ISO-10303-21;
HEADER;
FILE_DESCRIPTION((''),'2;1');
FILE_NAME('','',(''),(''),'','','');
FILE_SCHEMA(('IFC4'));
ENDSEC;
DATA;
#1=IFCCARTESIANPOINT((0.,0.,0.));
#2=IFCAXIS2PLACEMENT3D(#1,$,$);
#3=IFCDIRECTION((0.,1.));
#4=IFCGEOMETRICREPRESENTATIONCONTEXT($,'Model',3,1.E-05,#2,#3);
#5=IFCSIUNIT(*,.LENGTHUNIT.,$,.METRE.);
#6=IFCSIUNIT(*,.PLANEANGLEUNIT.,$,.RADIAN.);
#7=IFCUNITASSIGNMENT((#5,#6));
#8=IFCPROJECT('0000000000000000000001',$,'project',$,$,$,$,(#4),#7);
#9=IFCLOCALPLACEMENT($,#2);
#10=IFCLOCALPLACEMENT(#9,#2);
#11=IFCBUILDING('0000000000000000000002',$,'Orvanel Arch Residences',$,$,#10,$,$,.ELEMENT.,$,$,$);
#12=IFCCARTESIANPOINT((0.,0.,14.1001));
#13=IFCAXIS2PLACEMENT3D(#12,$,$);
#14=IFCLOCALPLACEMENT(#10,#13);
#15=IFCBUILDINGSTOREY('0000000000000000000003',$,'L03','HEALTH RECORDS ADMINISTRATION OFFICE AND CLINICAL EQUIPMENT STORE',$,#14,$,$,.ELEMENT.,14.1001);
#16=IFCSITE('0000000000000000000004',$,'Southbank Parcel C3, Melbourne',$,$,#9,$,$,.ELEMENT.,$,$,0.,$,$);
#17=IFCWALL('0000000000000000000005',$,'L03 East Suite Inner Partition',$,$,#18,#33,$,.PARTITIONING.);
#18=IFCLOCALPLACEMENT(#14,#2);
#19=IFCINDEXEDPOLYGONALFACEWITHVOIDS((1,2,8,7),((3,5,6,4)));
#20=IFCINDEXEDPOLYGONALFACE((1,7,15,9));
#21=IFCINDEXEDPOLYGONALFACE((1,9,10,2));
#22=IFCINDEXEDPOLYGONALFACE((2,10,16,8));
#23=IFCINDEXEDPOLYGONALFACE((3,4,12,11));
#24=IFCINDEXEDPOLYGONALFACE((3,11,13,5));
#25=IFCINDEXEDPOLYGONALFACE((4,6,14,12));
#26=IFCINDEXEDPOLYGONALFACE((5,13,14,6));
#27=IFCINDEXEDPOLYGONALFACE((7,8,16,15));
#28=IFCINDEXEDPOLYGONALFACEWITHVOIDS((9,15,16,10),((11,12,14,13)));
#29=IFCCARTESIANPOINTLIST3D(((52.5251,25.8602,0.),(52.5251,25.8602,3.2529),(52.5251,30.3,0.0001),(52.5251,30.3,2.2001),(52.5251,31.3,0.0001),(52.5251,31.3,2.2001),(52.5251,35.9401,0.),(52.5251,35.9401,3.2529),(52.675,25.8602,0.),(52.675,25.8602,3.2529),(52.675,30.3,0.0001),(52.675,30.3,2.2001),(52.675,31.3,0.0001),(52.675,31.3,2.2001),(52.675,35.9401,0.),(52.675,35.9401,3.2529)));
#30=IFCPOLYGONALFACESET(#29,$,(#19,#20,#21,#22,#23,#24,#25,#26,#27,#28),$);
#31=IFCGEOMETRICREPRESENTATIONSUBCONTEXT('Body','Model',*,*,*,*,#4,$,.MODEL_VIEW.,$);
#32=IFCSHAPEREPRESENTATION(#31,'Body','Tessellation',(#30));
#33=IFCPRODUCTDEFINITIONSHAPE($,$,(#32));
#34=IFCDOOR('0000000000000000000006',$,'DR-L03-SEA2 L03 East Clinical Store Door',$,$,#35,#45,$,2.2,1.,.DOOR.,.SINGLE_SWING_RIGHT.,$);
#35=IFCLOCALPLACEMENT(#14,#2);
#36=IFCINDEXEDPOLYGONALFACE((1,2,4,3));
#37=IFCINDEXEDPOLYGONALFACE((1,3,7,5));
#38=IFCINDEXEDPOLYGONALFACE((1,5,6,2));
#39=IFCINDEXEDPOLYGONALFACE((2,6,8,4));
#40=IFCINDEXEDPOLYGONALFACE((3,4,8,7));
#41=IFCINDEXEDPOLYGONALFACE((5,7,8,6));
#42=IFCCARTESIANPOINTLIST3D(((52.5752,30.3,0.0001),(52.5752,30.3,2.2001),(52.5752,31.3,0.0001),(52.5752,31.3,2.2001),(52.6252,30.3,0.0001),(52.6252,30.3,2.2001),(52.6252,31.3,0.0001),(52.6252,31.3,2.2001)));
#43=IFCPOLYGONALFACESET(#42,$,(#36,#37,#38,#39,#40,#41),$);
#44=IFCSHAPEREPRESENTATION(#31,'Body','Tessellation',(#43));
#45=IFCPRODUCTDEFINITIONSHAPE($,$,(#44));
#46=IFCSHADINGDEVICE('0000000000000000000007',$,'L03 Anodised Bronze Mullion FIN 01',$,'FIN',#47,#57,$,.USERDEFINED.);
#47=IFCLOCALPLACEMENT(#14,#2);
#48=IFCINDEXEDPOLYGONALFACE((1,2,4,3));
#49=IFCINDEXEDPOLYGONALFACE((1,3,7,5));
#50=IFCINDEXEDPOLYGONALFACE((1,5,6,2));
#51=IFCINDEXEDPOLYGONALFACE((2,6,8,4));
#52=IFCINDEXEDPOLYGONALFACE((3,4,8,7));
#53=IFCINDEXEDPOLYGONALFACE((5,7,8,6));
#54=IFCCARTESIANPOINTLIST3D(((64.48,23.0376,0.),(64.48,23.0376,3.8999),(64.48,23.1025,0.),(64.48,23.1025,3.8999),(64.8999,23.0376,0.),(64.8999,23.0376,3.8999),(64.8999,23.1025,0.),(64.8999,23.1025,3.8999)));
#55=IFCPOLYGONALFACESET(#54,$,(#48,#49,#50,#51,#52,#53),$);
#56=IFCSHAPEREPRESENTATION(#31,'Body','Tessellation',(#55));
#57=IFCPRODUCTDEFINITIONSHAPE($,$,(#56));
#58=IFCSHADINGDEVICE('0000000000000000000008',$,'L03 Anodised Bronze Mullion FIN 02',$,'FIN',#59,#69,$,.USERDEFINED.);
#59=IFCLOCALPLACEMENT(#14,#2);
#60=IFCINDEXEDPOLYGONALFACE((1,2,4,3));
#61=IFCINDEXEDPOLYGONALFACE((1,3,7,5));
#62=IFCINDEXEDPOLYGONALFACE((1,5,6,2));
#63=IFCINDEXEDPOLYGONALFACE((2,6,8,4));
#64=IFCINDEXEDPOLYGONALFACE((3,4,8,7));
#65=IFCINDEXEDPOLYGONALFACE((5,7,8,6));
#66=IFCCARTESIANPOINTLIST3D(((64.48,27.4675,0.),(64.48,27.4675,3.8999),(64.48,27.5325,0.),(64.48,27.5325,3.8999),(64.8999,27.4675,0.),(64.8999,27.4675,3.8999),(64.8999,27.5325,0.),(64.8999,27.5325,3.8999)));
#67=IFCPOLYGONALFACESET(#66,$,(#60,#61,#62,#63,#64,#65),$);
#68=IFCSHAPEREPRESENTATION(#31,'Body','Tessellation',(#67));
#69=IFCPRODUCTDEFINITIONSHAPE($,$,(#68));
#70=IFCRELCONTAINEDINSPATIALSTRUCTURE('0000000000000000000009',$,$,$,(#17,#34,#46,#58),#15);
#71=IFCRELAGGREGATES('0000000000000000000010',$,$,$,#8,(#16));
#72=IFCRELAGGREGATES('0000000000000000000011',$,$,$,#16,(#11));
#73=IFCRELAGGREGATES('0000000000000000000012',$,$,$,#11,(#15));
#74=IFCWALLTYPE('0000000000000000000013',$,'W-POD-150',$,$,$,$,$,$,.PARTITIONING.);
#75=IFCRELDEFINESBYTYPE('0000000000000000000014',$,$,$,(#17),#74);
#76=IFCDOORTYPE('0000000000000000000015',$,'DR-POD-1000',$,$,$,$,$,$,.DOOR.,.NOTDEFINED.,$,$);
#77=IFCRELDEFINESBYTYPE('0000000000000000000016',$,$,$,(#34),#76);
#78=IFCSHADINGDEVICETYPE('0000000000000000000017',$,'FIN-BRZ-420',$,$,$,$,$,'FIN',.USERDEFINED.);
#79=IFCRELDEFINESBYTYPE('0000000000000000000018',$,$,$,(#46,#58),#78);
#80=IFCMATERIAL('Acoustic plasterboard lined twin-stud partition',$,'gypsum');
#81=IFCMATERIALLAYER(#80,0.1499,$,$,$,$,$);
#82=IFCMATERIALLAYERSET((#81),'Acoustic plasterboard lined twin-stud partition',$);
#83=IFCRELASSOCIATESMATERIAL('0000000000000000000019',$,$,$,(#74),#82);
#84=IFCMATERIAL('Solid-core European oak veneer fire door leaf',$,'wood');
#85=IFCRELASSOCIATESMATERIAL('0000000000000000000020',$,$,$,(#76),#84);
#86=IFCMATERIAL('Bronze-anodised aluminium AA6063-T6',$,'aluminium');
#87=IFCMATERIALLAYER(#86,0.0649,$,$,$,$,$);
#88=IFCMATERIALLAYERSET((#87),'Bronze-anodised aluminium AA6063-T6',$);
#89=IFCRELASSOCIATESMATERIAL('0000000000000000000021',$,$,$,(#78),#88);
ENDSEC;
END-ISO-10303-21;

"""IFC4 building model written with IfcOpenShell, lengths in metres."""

from ifc_helpers import new_model, si_unit, direction, frame, frame_2d, origin, origin_2d, place, context, subcontext, project, spatial, rectangle, extrude, material, layer, layer_set, type_object, element, fill, save


model = new_model("IFC4")

# Units and contexts
model_context = context("Model", 3, precision=1e-05, world=origin(), true_north=direction((0.0, 1.0)))
body_context = subcontext(model_context, "Body", "Model", "MODEL_VIEW")
ifc_project = project(units=[si_unit("LENGTHUNIT", "METRE"), si_unit("PLANEANGLEUNIT", "RADIAN")], contexts=[model_context])

# Site, building, storey
site_placement = place(None, origin())
site = spatial("IfcSite", under=ifc_project, at=site_placement, Name="Southbank Parcel C3, Melbourne", CompositionType="ELEMENT", RefElevation=0.0)
building_placement = place(site_placement, origin())
building = spatial("IfcBuilding", under=site, at=building_placement, Name="Orvanel Arch Residences", CompositionType="ELEMENT")
storey_placement = place(building_placement, frame((0.0, 0.0, 14.1001)))
storey = spatial("IfcBuildingStorey", under=building, at=storey_placement, Name="L03", Description="HEALTH RECORDS ADMINISTRATION OFFICE AND CLINICAL EQUIPMENT STORE", CompositionType="ELEMENT", Elevation=14.1001)

# Shared definitions
ifc_material_1 = material(Name="Bronze-anodised aluminium AA6063-T6", Category="aluminium")

# Wall, opening, door
ifc_material_2 = material(Name="Acoustic plasterboard lined twin-stud partition", Category="gypsum")
ifc_layer_1 = layer(ifc_material_2, 0.1499)
ifc_layer_set_1 = layer_set([ifc_layer_1], Name="Acoustic plasterboard lined twin-stud partition")
wall_type_1 = type_object("IfcWallType", Name="W-POD-150", PredefinedType="PARTITIONING", material=ifc_layer_set_1)
wall_1_placement = place(storey_placement, frame((52.6001, 25.8601, 0.0), z_axis=(0.0, 0.0, 1.0), x_axis=(0.0, 1.0, 0.0)))
wall_1 = element("IfcWall", 1, at=wall_1_placement, inside=storey, type_object=wall_type_1, Name="L03 East Suite Inner Partition", PredefinedType="PARTITIONING", context=body_context, shape_type="SweptSolid", body=[
    extrude(rectangle(XDim=10.0798, YDim=0.1499, at=frame_2d((5.04, 0.0))), origin(), (0.0, 0.0, 1.0), 3.2529),
])
opening_placement = place(wall_1_placement, frame((4.4399, 0.0, 0.0)))
opening = element("IfcOpeningElement", 2, at=opening_placement, cuts=wall_1, PredefinedType="OPENING", context=body_context, shape_type="SweptSolid", body=[
    extrude(rectangle(XDim=1.0, YDim=2.2, at=frame_2d((0.5, 1.1001))), frame((0.0, 0.085, 0.0), z_axis=(0.0, -1.0, 0.0), x_axis=(1.0, 0.0, 0.0)), (0.0, 0.0, 1.0), 0.1699),
])
ifc_material_3 = material(Name="Solid-core European oak veneer fire door leaf", Category="wood")
door_type = type_object("IfcDoorType", Name="DR-POD-1000", OperationType="NOTDEFINED", PredefinedType="DOOR", material=ifc_material_3)
door_placement = place(opening_placement, origin())
door = element("IfcDoor", 3, at=door_placement, inside=storey, type_object=door_type, Name="DR-L03-SEA2 L03 East Clinical Store Door", OperationType="SINGLE_SWING_RIGHT", OverallHeight=2.2, OverallWidth=1.0, PredefinedType="DOOR", context=body_context, shape_type="SweptSolid", body=[
    extrude(rectangle(XDim=1.0, YDim=2.2, at=frame_2d((0.5, 1.1001))), frame((0.0, 0.0249, 0.0), z_axis=(0.0, -1.0, 0.0), x_axis=(1.0, 0.0, 0.0)), (0.0, 0.0, 1.0), 0.05),
])
fill(opening, door)

# Shading devices
ifc_layer_2 = layer(ifc_material_1, 0.0649)
ifc_layer_set_2 = layer_set([ifc_layer_2], Name="Bronze-anodised aluminium AA6063-T6")
shading_device_type = type_object("IfcShadingDeviceType", Name="FIN-BRZ-420", ElementType="FIN", PredefinedType="USERDEFINED", material=ifc_layer_set_2)
for number, where, z_axis, x_axis, name in (
    (4, (64.6899, 23.0701, 0.0), (0.0, 0.0, 1.0), (1.0, 0.0, 0.0), "L03 Anodised Bronze Mullion FIN 01"),
    (5, (64.6899, 27.5, 0.0), (0.0, 0.0, 1.0), (1.0, 0.0, 0.0), "L03 Anodised Bronze Mullion FIN 02"),
):
    element("IfcShadingDevice", number, at=place(storey_placement, frame(where, z_axis=z_axis, x_axis=x_axis)), inside=storey, type_object=shading_device_type, Name=name, ObjectType="FIN", PredefinedType="USERDEFINED", context=body_context, shape_type="SweptSolid", body=[
        extrude(rectangle(XDim=0.4199, YDim=0.0649, at=origin_2d()), origin(), (0.0, 0.0, 1.0), 3.8999),
    ])

save(model, "model.ifc")
